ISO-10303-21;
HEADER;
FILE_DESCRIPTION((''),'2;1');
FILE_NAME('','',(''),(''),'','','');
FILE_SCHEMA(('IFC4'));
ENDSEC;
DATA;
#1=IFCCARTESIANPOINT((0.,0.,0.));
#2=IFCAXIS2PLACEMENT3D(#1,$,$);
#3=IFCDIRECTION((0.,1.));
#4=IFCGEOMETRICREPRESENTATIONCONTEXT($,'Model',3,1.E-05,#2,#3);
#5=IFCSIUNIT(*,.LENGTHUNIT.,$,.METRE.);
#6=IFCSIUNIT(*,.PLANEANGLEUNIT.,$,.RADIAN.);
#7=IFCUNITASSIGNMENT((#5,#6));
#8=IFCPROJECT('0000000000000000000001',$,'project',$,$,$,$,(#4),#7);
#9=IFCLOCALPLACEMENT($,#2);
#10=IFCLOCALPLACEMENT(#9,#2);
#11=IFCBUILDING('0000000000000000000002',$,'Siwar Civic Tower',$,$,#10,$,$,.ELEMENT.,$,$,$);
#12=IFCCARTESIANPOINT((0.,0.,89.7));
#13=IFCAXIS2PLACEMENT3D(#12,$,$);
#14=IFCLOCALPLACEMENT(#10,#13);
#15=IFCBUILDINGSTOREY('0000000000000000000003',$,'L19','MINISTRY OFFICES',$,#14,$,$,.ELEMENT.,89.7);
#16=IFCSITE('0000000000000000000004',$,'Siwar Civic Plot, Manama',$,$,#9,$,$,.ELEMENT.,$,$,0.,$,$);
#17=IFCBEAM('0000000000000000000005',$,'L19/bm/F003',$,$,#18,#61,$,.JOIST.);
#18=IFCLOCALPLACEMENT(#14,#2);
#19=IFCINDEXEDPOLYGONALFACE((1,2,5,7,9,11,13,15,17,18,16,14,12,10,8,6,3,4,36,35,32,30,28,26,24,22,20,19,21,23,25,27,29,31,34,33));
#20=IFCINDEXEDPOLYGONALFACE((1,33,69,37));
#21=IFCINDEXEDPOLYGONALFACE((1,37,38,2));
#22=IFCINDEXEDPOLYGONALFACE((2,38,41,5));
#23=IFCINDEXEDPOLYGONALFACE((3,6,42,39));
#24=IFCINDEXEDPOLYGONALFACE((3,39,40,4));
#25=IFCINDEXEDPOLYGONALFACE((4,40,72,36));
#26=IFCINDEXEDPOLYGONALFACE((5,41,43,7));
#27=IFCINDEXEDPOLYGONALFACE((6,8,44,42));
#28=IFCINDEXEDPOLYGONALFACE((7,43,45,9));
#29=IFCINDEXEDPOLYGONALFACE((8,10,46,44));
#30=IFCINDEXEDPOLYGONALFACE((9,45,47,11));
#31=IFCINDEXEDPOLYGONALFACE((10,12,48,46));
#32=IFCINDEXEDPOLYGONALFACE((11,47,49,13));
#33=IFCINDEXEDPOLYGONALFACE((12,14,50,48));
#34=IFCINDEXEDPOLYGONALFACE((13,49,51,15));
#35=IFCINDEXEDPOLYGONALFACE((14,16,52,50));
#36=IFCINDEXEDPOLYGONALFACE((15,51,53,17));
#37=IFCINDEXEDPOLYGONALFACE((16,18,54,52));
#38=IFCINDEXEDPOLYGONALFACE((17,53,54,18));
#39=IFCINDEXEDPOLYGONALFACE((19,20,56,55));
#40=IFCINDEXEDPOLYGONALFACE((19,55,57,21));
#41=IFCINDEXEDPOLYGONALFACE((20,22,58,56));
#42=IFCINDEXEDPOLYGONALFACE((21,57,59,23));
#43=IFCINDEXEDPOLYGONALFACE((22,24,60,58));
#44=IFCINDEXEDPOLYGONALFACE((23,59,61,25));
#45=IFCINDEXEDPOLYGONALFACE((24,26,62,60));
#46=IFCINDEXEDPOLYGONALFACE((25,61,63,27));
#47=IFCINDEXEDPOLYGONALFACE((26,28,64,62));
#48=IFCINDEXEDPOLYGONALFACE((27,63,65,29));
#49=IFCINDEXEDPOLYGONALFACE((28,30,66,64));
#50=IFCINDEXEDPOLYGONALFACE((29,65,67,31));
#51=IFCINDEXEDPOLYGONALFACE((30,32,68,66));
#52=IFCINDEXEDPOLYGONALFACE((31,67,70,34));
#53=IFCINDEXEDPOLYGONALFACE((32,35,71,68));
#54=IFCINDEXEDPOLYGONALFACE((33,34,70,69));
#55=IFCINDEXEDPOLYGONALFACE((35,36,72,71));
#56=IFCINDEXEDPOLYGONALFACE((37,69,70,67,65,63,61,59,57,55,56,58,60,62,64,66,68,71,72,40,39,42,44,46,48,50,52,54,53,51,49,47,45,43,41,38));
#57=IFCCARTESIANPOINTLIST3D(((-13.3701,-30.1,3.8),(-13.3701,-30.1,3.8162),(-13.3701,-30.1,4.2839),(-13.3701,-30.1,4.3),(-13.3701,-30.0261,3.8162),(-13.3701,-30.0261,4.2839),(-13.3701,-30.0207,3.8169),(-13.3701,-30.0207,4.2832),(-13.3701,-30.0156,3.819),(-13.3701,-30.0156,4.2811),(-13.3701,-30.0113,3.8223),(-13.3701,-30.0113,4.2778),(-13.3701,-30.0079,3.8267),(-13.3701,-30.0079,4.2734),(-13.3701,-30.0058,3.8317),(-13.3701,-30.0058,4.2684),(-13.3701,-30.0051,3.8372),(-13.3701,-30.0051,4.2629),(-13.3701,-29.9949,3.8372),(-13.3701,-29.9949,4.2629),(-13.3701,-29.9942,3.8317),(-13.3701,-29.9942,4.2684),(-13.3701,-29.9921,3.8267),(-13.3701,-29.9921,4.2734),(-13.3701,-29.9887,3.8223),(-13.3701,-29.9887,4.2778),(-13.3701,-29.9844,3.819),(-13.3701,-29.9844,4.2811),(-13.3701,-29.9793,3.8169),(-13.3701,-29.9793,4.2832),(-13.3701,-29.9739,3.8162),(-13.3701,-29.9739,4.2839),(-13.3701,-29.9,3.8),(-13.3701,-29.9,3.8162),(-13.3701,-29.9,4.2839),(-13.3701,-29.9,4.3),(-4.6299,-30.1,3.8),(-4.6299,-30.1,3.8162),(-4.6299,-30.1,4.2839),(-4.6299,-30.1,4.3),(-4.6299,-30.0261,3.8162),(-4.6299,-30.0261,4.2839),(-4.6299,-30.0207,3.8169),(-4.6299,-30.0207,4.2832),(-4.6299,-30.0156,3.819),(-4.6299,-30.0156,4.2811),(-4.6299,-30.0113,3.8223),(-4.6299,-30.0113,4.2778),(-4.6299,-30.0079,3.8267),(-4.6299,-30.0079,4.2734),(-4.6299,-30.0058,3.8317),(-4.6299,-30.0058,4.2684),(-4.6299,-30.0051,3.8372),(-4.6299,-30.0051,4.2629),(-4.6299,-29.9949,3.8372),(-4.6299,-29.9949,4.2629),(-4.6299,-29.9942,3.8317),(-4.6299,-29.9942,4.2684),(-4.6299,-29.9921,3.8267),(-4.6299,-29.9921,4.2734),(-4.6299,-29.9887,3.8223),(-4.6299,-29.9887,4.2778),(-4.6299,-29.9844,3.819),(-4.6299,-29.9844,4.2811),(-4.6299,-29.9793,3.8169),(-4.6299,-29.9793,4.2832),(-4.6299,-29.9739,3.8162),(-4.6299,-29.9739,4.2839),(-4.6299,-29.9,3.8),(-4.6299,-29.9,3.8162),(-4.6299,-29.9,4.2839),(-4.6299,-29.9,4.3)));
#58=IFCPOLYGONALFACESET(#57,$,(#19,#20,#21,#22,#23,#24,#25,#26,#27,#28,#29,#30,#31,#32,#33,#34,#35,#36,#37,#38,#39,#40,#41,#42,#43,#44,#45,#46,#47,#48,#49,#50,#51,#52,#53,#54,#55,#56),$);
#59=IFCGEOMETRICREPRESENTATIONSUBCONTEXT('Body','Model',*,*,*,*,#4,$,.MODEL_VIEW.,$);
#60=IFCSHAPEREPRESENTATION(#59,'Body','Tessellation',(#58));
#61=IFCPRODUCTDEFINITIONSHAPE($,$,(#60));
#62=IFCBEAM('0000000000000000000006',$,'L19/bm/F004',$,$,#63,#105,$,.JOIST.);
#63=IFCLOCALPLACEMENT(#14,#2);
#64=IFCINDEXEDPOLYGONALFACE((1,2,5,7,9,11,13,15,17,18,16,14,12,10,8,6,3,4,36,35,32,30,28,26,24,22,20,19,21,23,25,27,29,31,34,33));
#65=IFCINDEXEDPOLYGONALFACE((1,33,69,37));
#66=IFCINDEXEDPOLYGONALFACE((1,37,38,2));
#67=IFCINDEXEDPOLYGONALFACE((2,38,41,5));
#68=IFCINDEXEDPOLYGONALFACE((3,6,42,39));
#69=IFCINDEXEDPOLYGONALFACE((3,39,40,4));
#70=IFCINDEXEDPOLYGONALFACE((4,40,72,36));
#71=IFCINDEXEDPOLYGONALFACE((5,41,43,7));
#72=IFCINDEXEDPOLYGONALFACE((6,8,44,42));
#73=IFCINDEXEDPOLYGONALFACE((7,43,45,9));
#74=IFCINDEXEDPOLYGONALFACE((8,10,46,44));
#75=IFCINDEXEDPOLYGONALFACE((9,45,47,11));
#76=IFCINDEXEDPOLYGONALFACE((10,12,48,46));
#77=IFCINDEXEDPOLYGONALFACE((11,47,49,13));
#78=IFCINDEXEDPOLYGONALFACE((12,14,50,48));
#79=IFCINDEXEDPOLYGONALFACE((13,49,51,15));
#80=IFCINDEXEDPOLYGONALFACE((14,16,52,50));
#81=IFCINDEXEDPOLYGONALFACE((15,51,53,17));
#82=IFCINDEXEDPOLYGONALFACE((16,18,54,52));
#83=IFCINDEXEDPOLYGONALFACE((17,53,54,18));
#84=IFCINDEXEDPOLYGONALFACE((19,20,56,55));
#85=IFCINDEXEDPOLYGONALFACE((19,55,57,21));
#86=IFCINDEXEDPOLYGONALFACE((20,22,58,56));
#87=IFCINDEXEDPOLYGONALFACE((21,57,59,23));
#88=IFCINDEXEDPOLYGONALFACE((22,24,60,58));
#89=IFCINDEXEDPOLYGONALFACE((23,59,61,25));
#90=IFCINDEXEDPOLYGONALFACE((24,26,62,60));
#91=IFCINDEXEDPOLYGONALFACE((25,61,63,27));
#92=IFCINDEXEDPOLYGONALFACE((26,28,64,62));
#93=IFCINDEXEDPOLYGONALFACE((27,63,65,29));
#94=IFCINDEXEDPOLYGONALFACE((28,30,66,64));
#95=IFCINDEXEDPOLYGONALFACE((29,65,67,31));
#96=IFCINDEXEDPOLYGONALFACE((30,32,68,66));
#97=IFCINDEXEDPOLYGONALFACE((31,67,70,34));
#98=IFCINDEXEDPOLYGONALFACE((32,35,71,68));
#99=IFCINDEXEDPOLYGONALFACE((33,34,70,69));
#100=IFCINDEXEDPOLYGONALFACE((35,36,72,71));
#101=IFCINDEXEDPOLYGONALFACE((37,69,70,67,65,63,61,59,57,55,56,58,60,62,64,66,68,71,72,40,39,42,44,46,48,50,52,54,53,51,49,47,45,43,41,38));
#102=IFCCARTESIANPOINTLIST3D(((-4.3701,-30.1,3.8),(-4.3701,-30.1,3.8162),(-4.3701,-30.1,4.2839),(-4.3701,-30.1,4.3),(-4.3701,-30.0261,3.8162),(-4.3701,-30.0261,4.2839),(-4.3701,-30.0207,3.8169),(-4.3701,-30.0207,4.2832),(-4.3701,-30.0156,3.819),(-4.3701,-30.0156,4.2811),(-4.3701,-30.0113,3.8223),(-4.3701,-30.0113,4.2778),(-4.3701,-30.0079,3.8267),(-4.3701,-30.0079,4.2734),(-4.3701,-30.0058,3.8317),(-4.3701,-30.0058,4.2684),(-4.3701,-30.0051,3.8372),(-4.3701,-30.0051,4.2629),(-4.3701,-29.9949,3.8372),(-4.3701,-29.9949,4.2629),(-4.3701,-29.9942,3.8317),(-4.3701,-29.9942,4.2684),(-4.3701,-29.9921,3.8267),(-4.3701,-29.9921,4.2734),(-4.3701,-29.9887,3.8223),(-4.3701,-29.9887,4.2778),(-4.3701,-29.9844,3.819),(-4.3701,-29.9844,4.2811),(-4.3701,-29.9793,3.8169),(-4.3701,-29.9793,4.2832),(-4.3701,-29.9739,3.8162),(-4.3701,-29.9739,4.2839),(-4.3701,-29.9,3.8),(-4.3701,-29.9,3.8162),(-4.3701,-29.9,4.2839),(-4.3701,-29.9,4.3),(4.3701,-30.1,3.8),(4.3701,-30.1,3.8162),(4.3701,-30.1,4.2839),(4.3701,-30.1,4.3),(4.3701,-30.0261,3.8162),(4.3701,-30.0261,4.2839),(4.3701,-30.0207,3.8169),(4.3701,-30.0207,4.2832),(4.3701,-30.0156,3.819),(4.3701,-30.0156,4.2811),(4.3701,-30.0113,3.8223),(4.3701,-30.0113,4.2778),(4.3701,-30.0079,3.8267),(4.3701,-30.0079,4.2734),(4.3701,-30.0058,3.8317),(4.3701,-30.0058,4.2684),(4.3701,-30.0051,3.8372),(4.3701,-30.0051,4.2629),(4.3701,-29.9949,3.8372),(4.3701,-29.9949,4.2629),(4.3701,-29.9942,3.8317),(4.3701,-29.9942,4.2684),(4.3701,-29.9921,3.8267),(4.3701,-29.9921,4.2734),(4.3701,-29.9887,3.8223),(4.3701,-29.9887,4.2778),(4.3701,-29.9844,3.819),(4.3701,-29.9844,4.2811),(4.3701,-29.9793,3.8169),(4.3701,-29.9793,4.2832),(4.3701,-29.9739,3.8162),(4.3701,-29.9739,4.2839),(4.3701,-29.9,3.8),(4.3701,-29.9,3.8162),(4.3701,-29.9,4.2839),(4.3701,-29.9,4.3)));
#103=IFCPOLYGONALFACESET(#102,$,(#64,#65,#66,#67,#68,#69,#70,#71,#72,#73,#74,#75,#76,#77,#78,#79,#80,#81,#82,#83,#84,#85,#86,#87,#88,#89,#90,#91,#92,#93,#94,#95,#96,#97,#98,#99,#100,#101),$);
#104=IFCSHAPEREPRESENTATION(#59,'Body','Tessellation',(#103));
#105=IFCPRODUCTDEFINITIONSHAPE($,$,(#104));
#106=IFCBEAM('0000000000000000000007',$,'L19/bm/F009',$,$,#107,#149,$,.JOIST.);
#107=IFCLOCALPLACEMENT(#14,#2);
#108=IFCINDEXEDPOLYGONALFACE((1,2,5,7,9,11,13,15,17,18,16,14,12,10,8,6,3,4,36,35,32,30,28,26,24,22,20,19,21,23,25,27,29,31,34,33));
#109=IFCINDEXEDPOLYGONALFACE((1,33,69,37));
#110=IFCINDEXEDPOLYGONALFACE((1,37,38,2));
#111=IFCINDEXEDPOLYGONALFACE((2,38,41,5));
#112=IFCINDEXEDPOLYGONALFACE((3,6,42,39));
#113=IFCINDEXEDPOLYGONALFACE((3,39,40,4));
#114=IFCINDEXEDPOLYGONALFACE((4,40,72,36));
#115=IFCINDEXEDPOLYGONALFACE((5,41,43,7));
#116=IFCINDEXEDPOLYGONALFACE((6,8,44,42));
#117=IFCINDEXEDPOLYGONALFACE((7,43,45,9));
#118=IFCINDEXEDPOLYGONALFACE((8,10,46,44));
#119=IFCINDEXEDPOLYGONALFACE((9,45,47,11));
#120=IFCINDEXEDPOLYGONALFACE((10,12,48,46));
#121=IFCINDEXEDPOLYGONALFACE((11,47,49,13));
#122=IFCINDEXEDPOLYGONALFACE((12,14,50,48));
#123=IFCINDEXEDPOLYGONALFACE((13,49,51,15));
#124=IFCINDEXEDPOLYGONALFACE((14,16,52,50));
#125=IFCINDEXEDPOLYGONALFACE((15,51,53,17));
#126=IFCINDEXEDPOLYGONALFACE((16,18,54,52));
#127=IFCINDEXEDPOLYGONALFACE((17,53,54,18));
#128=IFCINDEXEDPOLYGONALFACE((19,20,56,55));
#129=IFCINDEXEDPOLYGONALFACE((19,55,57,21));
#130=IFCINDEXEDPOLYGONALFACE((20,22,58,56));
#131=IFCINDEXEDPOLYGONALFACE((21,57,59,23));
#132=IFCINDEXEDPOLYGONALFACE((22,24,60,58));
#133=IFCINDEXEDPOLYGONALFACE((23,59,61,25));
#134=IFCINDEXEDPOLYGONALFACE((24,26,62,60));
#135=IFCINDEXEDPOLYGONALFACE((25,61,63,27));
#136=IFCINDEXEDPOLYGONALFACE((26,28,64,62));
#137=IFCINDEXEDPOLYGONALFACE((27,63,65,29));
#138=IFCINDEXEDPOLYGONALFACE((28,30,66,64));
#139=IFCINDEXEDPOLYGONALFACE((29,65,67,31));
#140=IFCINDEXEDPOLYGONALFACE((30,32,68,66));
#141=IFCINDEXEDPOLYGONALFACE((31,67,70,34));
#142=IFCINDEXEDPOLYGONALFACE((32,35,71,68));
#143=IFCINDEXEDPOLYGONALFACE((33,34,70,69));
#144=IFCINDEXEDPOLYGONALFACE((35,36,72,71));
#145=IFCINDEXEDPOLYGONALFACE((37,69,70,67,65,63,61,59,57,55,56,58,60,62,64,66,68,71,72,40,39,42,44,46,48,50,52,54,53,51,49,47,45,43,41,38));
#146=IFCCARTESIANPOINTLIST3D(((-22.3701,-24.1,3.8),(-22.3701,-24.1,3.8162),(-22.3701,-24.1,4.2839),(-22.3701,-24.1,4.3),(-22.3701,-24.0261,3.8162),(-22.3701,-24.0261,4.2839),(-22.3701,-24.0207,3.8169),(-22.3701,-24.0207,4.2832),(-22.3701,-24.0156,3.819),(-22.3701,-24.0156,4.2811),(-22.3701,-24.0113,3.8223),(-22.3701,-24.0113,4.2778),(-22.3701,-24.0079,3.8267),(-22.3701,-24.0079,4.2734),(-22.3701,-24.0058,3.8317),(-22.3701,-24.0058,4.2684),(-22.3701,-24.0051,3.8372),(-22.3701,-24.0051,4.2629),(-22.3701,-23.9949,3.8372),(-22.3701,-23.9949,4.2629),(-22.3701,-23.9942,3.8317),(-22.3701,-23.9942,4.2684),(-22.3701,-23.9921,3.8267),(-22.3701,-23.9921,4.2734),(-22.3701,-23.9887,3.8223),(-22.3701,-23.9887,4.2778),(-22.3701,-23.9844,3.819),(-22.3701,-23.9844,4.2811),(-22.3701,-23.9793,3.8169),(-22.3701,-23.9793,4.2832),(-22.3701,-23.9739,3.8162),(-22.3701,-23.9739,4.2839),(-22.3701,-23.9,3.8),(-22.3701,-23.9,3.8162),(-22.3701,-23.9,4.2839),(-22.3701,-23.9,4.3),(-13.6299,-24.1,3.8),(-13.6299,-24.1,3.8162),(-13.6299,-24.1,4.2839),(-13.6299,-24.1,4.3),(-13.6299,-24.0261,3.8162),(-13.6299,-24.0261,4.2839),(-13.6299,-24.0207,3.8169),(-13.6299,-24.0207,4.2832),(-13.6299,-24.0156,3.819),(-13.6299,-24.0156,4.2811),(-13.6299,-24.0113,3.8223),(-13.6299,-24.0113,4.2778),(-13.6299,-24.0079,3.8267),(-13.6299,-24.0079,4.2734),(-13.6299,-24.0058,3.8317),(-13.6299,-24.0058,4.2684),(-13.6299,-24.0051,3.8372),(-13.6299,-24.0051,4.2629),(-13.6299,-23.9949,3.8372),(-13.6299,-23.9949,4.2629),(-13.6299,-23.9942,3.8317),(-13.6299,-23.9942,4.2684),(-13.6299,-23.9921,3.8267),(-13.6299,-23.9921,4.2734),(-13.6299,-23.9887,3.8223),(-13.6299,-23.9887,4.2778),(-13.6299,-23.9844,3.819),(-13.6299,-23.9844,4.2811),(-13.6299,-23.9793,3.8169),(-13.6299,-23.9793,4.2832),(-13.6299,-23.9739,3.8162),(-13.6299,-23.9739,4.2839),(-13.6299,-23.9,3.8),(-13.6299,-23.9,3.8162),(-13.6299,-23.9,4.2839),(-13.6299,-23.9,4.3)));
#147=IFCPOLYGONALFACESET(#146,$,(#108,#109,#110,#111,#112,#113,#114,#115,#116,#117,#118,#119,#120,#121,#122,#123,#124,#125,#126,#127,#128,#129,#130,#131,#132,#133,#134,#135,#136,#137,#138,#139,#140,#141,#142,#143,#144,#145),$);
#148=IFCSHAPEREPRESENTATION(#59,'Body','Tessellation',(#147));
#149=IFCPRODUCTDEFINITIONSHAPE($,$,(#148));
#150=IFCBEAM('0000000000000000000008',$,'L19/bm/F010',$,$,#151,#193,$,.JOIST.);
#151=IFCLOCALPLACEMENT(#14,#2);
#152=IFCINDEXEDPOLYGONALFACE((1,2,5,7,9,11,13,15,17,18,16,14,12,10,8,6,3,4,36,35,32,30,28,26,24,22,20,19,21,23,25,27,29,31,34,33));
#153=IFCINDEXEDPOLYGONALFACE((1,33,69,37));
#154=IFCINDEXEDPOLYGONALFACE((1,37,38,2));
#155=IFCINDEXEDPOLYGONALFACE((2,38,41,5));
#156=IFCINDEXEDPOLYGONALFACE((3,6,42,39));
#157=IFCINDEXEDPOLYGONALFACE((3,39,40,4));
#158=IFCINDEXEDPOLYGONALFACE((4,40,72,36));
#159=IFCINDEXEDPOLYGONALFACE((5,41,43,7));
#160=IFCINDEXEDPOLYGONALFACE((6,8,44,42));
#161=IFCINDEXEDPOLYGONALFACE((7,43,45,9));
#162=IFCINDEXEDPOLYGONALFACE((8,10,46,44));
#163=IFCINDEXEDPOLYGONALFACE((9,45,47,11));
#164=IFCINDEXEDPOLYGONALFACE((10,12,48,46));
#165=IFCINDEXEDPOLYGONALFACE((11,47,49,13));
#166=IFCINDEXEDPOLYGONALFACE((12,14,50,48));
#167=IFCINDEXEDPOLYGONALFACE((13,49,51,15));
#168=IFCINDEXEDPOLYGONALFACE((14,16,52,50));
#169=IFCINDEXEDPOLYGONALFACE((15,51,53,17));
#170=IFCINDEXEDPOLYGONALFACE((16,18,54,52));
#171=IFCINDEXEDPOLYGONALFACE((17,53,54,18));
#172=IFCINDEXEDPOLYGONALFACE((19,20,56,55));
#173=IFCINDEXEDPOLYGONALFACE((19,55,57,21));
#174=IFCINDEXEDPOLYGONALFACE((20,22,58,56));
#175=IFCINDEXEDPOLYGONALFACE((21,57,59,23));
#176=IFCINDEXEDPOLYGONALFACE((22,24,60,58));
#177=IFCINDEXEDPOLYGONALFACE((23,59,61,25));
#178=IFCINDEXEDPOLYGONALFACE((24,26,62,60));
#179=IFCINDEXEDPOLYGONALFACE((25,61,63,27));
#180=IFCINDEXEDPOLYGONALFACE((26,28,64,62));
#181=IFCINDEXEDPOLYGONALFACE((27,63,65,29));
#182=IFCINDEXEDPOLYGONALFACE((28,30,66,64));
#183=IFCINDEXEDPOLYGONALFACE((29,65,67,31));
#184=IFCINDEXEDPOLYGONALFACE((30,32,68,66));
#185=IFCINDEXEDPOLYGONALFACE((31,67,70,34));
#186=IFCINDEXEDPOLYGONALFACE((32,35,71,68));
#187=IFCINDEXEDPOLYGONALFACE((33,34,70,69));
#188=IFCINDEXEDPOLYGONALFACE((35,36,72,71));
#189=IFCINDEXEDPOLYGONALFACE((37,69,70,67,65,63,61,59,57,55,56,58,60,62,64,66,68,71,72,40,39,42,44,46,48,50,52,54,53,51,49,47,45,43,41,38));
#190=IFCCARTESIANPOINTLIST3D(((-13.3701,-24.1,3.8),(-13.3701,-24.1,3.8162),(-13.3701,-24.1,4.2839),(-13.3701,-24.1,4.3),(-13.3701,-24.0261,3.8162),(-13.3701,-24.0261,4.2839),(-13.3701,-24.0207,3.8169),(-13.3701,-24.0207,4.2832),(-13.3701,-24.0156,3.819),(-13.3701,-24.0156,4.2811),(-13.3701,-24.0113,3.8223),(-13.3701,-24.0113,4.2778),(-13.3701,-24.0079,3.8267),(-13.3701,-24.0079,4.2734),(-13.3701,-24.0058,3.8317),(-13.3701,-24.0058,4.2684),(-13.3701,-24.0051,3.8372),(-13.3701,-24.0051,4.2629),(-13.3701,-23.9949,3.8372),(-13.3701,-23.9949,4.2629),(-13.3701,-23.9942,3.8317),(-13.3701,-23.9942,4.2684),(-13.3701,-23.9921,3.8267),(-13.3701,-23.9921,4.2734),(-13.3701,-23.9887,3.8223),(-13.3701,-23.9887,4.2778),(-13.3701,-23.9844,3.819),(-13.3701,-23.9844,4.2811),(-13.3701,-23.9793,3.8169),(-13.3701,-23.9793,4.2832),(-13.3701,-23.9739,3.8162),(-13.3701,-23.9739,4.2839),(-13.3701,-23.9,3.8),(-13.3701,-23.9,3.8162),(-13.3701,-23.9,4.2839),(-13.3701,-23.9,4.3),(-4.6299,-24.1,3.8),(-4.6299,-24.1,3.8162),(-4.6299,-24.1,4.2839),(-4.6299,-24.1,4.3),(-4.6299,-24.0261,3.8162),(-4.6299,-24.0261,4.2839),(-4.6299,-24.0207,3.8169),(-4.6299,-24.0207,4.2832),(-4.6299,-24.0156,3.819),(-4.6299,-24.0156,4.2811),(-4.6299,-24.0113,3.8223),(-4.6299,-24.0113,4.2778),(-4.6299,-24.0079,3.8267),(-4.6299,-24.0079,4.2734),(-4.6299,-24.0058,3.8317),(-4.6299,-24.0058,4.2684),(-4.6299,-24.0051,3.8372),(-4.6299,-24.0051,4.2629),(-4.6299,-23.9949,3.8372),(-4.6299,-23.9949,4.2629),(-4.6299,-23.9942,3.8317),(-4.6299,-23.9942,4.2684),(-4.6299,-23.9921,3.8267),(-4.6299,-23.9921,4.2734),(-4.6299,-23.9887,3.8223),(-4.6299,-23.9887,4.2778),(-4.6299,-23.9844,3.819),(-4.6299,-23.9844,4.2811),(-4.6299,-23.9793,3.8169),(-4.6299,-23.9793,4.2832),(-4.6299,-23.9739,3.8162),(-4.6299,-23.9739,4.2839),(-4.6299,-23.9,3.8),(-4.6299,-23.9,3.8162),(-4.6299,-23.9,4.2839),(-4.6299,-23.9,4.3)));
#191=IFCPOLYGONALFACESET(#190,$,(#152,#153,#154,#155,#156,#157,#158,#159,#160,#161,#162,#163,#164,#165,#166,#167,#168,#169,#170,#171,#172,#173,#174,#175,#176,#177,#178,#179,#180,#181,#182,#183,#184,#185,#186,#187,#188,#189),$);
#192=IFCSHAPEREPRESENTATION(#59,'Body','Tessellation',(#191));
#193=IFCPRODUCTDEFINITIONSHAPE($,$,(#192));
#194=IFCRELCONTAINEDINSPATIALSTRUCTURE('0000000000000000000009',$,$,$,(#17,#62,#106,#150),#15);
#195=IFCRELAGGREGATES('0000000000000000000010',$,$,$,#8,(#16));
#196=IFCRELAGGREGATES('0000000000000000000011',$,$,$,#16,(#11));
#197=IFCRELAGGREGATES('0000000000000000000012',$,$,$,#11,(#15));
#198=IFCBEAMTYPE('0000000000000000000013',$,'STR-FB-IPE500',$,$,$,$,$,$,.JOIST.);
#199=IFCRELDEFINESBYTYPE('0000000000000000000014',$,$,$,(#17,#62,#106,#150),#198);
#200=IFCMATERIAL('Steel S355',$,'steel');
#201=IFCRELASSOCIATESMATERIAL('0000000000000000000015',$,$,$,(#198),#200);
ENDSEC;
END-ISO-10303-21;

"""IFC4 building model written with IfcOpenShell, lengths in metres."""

from ifc_helpers import new_model, si_unit, direction, frame, origin, origin_2d, place, context, subcontext, project, spatial, i_section, extrude, material, material_profile, profile_set, type_object, element, save


model = new_model("IFC4")

# Units and contexts
model_context = context("Model", 3, precision=1e-05, world=origin(), true_north=direction((0.0, 1.0)))
body_context = subcontext(model_context, "Body", "Model", "MODEL_VIEW")
ifc_project = project(units=[si_unit("LENGTHUNIT", "METRE"), si_unit("PLANEANGLEUNIT", "RADIAN")], contexts=[model_context])

# Site, building, storey
site_placement = place(None, origin())
site = spatial("IfcSite", under=ifc_project, at=site_placement, Name="Siwar Civic Plot, Manama", CompositionType="ELEMENT", RefElevation=0.0)
building_placement = place(site_placement, origin())
building = spatial("IfcBuilding", under=site, at=building_placement, Name="Siwar Civic Tower", CompositionType="ELEMENT")
storey_placement = place(building_placement, frame((0.0, 0.0, 89.7)))
storey = spatial("IfcBuildingStorey", under=building, at=storey_placement, Name="L19", Description="MINISTRY OFFICES", CompositionType="ELEMENT", Elevation=89.7)

# Beams
ifc_material_1 = material(Name="Steel S355", Category="steel")
ifc_material_profile_1 = material_profile(ifc_material_1, i_section(OverallWidth=0.2, OverallDepth=0.5, WebThickness=0.0103, FlangeThickness=0.0161, FilletRadius=0.021, at=origin_2d()), Name="IPE500")
ifc_profile_set_1 = profile_set([ifc_material_profile_1], Name="Steel S355")
beam_type_1 = type_object("IfcBeamType", Name="STR-FB-IPE500", PredefinedType="JOIST", material=ifc_profile_set_1)
for number, where, z_axis, x_axis, name in (
    (1, (-13.3701, -30.0, 4.05), (1.0, 0.0, 0.0), (0.0, 1.0, 0.0), "L19/bm/F003"),
    (2, (-4.3701, -30.0, 4.05), (1.0, 0.0, 0.0), (0.0, 1.0, 0.0), "L19/bm/F004"),
    (3, (-22.3701, -24.0, 4.05), (1.0, 0.0, 0.0), (0.0, 1.0, 0.0), "L19/bm/F009"),
    (4, (-13.3701, -24.0, 4.05), (1.0, 0.0, 0.0), (0.0, 1.0, 0.0), "L19/bm/F010"),
):
    element("IfcBeam", number, at=place(storey_placement, frame(where, z_axis=z_axis, x_axis=x_axis)), inside=storey, type_object=beam_type_1, Name=name, PredefinedType="JOIST", context=body_context, shape_type="SweptSolid", body=[
        extrude(i_section(OverallWidth=0.2, OverallDepth=0.5, WebThickness=0.0103, FlangeThickness=0.0161, FilletRadius=0.021, at=origin_2d()), origin(), (0.0, 0.0, 1.0), 8.7402),
    ])

save(model, "model.ifc")
